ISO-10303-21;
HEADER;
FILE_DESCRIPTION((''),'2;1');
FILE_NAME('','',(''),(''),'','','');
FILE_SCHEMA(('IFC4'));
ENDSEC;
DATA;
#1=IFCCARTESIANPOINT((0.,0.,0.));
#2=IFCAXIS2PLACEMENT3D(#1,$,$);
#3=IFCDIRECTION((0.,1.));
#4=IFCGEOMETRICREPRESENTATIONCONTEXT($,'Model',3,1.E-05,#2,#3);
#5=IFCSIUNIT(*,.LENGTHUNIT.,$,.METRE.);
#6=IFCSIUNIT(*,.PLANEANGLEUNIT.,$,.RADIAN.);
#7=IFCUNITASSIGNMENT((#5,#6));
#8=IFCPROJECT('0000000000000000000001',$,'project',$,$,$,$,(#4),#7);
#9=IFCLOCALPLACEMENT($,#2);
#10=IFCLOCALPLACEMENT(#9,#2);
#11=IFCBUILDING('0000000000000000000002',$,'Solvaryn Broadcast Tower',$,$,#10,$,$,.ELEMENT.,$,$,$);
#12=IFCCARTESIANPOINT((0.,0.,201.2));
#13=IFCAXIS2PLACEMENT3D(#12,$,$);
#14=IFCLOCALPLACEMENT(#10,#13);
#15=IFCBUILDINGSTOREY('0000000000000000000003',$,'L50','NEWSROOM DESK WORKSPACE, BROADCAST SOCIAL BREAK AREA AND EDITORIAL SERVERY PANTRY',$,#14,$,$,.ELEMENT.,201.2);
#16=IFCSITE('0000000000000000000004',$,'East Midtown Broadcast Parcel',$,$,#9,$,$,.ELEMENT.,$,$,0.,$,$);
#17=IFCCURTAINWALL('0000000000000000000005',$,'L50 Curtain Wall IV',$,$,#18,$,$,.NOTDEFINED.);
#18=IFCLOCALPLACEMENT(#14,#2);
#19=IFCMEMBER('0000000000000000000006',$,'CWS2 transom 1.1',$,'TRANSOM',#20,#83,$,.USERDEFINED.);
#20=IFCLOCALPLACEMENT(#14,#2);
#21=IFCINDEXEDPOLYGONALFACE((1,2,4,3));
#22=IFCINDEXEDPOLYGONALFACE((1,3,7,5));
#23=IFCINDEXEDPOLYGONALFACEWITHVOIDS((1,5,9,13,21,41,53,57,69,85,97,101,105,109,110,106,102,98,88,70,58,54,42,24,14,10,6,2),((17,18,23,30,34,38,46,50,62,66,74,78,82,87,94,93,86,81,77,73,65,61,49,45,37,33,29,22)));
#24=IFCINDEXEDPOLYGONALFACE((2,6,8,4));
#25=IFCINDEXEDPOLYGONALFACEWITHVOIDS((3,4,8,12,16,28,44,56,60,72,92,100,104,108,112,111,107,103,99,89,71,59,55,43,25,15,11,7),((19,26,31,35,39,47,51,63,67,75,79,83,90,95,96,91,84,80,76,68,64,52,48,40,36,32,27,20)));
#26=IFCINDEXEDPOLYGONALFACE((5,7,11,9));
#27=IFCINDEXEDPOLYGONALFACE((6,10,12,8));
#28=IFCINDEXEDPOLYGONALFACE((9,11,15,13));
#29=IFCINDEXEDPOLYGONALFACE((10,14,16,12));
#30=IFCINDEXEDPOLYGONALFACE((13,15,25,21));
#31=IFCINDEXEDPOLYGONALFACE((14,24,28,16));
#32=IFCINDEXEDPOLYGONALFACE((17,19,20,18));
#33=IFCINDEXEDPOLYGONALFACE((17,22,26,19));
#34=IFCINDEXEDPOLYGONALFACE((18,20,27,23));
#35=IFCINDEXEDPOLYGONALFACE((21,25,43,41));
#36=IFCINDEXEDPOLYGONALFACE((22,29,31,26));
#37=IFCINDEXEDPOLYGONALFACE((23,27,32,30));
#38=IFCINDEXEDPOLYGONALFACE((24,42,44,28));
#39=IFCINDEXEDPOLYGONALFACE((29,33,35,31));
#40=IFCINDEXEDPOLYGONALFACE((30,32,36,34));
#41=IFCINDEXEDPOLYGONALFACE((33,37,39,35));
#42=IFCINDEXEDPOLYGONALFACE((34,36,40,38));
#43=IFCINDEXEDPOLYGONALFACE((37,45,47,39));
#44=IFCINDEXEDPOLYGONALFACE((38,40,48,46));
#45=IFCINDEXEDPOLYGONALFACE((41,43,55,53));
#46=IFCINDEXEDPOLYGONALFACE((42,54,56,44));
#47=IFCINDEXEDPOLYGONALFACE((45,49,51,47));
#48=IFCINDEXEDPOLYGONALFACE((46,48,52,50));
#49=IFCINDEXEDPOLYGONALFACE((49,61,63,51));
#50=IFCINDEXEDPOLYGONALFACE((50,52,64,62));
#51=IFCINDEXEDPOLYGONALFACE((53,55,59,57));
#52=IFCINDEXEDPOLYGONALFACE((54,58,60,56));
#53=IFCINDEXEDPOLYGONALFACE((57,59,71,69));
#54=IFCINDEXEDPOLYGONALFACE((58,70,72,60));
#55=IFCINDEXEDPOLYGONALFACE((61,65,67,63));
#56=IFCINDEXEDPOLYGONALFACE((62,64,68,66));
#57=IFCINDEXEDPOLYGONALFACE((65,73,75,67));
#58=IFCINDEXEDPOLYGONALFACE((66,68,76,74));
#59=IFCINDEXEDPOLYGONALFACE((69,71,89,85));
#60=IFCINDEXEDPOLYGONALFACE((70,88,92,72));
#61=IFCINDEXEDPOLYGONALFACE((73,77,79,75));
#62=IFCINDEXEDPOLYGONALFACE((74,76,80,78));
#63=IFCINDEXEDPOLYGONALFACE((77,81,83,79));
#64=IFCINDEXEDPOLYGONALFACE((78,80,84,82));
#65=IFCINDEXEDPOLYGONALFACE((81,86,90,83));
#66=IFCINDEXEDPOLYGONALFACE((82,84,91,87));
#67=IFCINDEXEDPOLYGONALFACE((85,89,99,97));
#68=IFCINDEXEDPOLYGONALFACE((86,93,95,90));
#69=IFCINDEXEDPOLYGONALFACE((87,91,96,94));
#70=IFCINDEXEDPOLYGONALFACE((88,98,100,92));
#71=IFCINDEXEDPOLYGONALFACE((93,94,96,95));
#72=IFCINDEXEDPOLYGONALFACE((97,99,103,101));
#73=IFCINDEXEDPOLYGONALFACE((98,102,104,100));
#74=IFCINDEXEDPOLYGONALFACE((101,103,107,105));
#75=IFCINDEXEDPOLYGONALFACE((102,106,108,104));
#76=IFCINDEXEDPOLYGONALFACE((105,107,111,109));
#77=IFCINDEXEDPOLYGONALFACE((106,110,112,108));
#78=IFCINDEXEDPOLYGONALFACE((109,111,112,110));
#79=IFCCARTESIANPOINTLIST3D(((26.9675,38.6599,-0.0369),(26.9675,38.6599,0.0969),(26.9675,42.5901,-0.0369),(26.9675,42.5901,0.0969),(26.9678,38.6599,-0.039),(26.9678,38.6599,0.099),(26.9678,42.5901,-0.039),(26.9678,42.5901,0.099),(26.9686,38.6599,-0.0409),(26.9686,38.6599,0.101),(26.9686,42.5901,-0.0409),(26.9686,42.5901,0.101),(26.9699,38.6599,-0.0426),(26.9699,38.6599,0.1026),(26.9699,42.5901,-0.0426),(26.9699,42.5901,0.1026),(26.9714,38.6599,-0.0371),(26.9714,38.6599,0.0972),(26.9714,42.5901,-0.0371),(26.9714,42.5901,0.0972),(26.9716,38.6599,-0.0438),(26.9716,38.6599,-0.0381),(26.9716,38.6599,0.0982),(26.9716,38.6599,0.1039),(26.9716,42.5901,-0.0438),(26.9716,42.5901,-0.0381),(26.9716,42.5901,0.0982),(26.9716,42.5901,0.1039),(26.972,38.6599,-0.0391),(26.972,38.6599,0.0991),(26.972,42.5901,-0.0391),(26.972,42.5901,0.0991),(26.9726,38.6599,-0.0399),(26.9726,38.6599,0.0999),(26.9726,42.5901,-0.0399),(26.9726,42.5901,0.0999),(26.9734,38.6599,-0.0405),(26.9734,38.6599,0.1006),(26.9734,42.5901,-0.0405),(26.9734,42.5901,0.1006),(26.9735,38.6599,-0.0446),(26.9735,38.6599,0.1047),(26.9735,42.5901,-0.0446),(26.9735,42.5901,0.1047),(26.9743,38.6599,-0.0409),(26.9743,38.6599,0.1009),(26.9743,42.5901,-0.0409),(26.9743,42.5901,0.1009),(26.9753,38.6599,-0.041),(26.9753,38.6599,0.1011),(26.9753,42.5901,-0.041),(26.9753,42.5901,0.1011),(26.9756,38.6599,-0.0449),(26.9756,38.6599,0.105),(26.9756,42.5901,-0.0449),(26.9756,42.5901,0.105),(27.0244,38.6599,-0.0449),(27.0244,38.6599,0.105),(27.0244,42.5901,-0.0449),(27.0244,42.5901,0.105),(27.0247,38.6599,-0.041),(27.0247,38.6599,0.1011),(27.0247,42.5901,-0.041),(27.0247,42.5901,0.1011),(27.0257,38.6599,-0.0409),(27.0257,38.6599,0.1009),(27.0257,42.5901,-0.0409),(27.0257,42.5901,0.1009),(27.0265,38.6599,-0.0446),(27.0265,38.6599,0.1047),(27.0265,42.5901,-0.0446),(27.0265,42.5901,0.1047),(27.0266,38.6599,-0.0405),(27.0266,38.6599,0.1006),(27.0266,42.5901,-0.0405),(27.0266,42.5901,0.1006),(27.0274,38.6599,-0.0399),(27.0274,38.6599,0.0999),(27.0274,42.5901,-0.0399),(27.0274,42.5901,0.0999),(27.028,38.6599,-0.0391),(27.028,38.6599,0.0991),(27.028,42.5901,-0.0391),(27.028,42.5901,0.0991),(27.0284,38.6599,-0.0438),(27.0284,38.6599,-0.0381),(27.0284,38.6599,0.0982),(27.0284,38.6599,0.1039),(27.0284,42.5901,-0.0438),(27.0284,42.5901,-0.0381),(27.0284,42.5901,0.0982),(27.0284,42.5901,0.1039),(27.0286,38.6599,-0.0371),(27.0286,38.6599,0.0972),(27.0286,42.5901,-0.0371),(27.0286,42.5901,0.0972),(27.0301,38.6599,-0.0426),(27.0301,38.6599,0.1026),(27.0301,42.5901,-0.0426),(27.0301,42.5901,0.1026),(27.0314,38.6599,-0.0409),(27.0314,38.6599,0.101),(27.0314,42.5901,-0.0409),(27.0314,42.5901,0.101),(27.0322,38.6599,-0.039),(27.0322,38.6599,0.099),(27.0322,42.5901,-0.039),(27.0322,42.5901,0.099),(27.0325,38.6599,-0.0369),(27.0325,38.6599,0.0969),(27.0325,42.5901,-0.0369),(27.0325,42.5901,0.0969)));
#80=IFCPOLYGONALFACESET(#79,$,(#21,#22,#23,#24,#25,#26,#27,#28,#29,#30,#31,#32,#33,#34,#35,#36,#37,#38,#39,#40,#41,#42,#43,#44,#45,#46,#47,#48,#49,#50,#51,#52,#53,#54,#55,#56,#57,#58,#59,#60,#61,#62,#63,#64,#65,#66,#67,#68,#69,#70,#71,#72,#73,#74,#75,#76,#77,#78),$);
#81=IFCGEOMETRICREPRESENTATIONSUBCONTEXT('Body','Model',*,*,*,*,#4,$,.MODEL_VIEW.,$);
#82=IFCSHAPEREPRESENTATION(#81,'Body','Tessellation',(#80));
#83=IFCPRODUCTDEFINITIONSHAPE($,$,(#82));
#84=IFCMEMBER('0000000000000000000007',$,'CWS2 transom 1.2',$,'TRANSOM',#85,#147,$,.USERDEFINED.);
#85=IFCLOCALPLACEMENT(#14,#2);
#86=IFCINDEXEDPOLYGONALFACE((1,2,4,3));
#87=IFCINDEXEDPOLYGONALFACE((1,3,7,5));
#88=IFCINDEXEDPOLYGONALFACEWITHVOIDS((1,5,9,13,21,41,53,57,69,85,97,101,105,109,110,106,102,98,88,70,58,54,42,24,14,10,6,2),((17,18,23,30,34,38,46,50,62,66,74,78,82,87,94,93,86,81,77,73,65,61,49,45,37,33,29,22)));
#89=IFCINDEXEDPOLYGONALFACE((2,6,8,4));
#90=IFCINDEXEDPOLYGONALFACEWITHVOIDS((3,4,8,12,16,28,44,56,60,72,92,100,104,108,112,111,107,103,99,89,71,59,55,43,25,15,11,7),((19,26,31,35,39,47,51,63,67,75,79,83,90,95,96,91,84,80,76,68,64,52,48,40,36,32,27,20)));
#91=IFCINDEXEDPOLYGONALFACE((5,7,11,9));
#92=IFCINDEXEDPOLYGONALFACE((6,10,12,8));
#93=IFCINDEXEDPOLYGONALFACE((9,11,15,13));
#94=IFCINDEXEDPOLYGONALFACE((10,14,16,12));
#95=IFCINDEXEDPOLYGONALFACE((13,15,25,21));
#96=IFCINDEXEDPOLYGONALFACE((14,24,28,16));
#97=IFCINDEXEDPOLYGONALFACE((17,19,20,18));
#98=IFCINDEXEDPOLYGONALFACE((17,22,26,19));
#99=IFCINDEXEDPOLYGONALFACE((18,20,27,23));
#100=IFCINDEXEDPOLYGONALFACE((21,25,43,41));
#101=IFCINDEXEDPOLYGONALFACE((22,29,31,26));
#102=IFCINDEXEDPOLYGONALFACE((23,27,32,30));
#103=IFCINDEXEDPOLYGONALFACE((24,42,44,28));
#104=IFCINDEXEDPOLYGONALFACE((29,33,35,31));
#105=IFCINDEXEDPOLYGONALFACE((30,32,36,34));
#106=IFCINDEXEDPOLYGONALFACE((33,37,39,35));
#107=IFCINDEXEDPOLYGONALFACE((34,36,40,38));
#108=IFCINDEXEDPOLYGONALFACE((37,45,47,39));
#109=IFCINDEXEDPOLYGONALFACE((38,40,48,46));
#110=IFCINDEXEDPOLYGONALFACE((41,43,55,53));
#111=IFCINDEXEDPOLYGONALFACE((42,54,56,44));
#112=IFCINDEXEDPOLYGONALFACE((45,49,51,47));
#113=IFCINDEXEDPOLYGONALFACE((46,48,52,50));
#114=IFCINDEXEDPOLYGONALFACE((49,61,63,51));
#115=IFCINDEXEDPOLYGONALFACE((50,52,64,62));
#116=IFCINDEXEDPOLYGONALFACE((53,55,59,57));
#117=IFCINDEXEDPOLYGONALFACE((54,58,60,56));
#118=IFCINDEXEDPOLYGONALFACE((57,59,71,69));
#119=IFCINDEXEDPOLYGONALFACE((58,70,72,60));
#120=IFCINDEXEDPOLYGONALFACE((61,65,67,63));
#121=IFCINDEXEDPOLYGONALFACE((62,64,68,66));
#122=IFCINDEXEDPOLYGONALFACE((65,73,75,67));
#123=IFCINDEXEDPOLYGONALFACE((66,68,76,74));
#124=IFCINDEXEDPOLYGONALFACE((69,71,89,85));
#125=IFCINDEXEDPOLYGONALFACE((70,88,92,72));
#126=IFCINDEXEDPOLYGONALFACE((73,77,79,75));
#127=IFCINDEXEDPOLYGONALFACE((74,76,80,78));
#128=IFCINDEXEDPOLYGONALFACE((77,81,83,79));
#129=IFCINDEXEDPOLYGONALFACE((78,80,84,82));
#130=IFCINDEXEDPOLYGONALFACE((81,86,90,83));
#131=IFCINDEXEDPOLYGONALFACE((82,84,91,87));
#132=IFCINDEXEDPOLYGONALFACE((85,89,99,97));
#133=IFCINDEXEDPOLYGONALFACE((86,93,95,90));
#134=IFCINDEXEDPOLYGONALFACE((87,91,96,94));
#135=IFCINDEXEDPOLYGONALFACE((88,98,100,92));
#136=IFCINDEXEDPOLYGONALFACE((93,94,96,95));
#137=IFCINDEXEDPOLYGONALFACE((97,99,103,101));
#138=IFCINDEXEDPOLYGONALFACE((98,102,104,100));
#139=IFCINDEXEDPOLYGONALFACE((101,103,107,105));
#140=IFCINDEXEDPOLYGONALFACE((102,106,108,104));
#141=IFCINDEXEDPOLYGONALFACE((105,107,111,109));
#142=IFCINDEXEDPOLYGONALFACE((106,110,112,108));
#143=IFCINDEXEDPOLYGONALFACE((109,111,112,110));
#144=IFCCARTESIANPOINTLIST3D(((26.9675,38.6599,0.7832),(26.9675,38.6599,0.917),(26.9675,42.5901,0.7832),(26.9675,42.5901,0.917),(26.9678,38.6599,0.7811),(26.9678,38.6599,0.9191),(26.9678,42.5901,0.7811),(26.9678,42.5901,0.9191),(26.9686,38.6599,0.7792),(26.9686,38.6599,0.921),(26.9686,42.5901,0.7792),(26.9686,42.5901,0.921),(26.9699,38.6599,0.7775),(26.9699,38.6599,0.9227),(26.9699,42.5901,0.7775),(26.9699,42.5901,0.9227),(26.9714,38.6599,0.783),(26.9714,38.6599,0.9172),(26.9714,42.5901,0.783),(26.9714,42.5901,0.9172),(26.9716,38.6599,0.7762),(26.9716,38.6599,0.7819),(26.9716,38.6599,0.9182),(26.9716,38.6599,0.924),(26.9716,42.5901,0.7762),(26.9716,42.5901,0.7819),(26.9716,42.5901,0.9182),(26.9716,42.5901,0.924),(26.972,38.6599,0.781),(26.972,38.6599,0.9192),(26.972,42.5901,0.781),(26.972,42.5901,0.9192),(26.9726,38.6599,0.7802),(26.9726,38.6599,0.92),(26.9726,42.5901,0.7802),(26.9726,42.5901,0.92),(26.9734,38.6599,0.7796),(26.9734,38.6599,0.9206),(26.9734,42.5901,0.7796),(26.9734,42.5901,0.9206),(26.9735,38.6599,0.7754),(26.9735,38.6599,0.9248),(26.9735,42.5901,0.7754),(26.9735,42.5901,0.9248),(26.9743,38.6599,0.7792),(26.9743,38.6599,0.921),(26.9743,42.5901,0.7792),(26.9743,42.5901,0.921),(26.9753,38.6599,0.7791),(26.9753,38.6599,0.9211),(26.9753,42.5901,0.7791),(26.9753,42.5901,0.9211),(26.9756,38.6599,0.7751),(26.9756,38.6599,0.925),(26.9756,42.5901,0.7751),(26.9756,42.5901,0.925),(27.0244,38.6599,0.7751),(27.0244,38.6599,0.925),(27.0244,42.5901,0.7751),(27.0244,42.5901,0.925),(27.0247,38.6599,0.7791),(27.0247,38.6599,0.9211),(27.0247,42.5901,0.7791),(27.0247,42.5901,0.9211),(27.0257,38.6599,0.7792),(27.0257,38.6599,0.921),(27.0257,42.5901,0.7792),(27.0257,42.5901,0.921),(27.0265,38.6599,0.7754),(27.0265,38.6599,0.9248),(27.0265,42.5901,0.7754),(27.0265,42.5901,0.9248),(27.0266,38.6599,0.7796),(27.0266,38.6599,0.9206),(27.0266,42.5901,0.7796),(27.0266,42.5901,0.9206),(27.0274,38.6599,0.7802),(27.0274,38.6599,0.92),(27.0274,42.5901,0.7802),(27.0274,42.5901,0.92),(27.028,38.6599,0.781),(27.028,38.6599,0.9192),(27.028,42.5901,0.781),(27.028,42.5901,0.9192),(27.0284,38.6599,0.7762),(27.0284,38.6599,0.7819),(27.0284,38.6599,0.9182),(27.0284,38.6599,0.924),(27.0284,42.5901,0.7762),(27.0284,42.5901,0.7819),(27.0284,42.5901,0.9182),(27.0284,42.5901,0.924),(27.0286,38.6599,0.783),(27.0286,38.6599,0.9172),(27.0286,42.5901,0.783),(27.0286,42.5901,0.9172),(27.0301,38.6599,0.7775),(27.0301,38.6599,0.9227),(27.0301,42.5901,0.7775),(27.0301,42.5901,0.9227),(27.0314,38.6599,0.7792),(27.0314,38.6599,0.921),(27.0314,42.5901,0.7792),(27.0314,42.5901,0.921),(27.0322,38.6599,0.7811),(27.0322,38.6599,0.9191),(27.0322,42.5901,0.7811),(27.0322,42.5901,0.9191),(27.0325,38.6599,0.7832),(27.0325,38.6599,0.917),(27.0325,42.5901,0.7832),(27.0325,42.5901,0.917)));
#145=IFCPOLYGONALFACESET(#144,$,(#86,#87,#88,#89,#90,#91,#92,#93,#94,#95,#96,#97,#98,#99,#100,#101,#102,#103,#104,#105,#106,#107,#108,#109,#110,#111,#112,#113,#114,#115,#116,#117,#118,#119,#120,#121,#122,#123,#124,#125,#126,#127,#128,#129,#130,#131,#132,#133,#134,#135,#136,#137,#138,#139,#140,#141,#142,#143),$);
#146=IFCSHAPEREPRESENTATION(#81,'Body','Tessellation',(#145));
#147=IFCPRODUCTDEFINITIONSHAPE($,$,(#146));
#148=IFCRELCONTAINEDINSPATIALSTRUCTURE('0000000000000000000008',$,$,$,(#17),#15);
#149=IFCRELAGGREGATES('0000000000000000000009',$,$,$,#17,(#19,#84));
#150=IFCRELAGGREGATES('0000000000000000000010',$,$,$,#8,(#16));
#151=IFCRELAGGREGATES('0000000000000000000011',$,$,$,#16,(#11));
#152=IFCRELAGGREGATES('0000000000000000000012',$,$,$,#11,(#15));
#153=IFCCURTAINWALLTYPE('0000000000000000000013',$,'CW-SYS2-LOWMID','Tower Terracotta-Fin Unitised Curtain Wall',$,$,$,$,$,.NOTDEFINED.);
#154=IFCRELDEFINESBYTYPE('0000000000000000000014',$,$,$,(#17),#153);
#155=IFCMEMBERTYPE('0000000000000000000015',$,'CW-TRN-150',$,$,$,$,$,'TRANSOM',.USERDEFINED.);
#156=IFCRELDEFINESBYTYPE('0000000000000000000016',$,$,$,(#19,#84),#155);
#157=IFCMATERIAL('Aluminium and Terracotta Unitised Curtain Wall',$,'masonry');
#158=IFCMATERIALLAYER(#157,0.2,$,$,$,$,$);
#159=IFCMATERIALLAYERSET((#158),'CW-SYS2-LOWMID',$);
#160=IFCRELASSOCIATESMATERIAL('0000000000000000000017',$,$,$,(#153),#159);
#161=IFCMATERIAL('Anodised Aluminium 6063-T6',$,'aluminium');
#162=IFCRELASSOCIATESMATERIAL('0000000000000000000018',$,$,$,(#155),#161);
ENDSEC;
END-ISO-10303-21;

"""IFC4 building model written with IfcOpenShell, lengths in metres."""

from ifc_helpers import new_model, si_unit, direction, frame, origin, origin_2d, place, context, subcontext, project, spatial, hollow_rectangle, extrude, material, layer, layer_set, material_profile, profile_set, type_object, element, aggregate, save


model = new_model("IFC4")

# Units and contexts
model_context = context("Model", 3, precision=1e-05, world=origin(), true_north=direction((0.0, 1.0)))
body_context = subcontext(model_context, "Body", "Model", "MODEL_VIEW")
ifc_project = project(units=[si_unit("LENGTHUNIT", "METRE"), si_unit("PLANEANGLEUNIT", "RADIAN")], contexts=[model_context])

# Site, building, storey
site_placement = place(None, origin())
site = spatial("IfcSite", under=ifc_project, at=site_placement, Name="East Midtown Broadcast Parcel", CompositionType="ELEMENT", RefElevation=0.0)
building_placement = place(site_placement, origin())
building = spatial("IfcBuilding", under=site, at=building_placement, Name="Solvaryn Broadcast Tower", CompositionType="ELEMENT")
storey_placement = place(building_placement, frame((0.0, 0.0, 201.2)))
storey = spatial("IfcBuildingStorey", under=building, at=storey_placement, Name="L50", Description="NEWSROOM DESK WORKSPACE, BROADCAST SOCIAL BREAK AREA AND EDITORIAL SERVERY PANTRY", CompositionType="ELEMENT", Elevation=201.2)

# Curtain wall
ifc_material_1 = material(Name="Aluminium and Terracotta Unitised Curtain Wall", Category="masonry")
ifc_layer_1 = layer(ifc_material_1, 0.2)
ifc_layer_set_1 = layer_set([ifc_layer_1], Name="CW-SYS2-LOWMID")
curtain_wall_type = type_object("IfcCurtainWallType", Name="CW-SYS2-LOWMID", Description="Tower Terracotta-Fin Unitised Curtain Wall", PredefinedType="NOTDEFINED", material=ifc_layer_set_1)
curtain_wall_1_placement = place(storey_placement, origin())
curtain_wall_1 = element("IfcCurtainWall", 1, at=curtain_wall_1_placement, inside=storey, type_object=curtain_wall_type, Name="L50 Curtain Wall IV", PredefinedType="NOTDEFINED")

# Members
ifc_material_2 = material(Name="Anodised Aluminium 6063-T6", Category="aluminium")
ifc_material_profile_1 = material_profile(ifc_material_2, hollow_rectangle(XDim=0.0649, YDim=0.1499, WallThickness=0.0039, InnerFilletRadius=0.0039, OuterFilletRadius=0.0081, at=origin_2d()))
ifc_profile_set_1 = profile_set([ifc_material_profile_1], Name="Anodised Aluminium 6063-T6")
member_type_1 = type_object("IfcMemberType", Name="CW-TRN-150", ElementType="TRANSOM", PredefinedType="USERDEFINED", material=ifc_profile_set_1)
member_1_placement = place(storey_placement, frame((27.0, 42.5901, 0.03), z_axis=(0.0, -1.0, 0.0), x_axis=(1.0, 0.0, 0.0)))
member_1 = element("IfcMember", 2, at=member_1_placement, type_object=member_type_1, Name="CWS2 transom 1.1", ObjectType="TRANSOM", PredefinedType="USERDEFINED", context=body_context, shape_type="SweptSolid", body=[
    extrude(hollow_rectangle(XDim=0.0649, YDim=0.1499, WallThickness=0.0039, InnerFilletRadius=0.0039, OuterFilletRadius=0.0081, at=origin_2d()), origin(), (0.0, 0.0, 1.0), 3.9302),
])
member_2_placement = place(storey_placement, frame((27.0, 42.5901, 0.8501), z_axis=(0.0, -1.0, 0.0), x_axis=(1.0, 0.0, 0.0)))
member_2 = element("IfcMember", 3, at=member_2_placement, type_object=member_type_1, Name="CWS2 transom 1.2", ObjectType="TRANSOM", PredefinedType="USERDEFINED", context=body_context, shape_type="SweptSolid", body=[
    extrude(hollow_rectangle(XDim=0.0649, YDim=0.1499, WallThickness=0.0039, InnerFilletRadius=0.0039, OuterFilletRadius=0.0081, at=origin_2d()), origin(), (0.0, 0.0, 1.0), 3.9302),
])

aggregate(curtain_wall_1, [member_1, member_2])

save(model, "model.ifc")
